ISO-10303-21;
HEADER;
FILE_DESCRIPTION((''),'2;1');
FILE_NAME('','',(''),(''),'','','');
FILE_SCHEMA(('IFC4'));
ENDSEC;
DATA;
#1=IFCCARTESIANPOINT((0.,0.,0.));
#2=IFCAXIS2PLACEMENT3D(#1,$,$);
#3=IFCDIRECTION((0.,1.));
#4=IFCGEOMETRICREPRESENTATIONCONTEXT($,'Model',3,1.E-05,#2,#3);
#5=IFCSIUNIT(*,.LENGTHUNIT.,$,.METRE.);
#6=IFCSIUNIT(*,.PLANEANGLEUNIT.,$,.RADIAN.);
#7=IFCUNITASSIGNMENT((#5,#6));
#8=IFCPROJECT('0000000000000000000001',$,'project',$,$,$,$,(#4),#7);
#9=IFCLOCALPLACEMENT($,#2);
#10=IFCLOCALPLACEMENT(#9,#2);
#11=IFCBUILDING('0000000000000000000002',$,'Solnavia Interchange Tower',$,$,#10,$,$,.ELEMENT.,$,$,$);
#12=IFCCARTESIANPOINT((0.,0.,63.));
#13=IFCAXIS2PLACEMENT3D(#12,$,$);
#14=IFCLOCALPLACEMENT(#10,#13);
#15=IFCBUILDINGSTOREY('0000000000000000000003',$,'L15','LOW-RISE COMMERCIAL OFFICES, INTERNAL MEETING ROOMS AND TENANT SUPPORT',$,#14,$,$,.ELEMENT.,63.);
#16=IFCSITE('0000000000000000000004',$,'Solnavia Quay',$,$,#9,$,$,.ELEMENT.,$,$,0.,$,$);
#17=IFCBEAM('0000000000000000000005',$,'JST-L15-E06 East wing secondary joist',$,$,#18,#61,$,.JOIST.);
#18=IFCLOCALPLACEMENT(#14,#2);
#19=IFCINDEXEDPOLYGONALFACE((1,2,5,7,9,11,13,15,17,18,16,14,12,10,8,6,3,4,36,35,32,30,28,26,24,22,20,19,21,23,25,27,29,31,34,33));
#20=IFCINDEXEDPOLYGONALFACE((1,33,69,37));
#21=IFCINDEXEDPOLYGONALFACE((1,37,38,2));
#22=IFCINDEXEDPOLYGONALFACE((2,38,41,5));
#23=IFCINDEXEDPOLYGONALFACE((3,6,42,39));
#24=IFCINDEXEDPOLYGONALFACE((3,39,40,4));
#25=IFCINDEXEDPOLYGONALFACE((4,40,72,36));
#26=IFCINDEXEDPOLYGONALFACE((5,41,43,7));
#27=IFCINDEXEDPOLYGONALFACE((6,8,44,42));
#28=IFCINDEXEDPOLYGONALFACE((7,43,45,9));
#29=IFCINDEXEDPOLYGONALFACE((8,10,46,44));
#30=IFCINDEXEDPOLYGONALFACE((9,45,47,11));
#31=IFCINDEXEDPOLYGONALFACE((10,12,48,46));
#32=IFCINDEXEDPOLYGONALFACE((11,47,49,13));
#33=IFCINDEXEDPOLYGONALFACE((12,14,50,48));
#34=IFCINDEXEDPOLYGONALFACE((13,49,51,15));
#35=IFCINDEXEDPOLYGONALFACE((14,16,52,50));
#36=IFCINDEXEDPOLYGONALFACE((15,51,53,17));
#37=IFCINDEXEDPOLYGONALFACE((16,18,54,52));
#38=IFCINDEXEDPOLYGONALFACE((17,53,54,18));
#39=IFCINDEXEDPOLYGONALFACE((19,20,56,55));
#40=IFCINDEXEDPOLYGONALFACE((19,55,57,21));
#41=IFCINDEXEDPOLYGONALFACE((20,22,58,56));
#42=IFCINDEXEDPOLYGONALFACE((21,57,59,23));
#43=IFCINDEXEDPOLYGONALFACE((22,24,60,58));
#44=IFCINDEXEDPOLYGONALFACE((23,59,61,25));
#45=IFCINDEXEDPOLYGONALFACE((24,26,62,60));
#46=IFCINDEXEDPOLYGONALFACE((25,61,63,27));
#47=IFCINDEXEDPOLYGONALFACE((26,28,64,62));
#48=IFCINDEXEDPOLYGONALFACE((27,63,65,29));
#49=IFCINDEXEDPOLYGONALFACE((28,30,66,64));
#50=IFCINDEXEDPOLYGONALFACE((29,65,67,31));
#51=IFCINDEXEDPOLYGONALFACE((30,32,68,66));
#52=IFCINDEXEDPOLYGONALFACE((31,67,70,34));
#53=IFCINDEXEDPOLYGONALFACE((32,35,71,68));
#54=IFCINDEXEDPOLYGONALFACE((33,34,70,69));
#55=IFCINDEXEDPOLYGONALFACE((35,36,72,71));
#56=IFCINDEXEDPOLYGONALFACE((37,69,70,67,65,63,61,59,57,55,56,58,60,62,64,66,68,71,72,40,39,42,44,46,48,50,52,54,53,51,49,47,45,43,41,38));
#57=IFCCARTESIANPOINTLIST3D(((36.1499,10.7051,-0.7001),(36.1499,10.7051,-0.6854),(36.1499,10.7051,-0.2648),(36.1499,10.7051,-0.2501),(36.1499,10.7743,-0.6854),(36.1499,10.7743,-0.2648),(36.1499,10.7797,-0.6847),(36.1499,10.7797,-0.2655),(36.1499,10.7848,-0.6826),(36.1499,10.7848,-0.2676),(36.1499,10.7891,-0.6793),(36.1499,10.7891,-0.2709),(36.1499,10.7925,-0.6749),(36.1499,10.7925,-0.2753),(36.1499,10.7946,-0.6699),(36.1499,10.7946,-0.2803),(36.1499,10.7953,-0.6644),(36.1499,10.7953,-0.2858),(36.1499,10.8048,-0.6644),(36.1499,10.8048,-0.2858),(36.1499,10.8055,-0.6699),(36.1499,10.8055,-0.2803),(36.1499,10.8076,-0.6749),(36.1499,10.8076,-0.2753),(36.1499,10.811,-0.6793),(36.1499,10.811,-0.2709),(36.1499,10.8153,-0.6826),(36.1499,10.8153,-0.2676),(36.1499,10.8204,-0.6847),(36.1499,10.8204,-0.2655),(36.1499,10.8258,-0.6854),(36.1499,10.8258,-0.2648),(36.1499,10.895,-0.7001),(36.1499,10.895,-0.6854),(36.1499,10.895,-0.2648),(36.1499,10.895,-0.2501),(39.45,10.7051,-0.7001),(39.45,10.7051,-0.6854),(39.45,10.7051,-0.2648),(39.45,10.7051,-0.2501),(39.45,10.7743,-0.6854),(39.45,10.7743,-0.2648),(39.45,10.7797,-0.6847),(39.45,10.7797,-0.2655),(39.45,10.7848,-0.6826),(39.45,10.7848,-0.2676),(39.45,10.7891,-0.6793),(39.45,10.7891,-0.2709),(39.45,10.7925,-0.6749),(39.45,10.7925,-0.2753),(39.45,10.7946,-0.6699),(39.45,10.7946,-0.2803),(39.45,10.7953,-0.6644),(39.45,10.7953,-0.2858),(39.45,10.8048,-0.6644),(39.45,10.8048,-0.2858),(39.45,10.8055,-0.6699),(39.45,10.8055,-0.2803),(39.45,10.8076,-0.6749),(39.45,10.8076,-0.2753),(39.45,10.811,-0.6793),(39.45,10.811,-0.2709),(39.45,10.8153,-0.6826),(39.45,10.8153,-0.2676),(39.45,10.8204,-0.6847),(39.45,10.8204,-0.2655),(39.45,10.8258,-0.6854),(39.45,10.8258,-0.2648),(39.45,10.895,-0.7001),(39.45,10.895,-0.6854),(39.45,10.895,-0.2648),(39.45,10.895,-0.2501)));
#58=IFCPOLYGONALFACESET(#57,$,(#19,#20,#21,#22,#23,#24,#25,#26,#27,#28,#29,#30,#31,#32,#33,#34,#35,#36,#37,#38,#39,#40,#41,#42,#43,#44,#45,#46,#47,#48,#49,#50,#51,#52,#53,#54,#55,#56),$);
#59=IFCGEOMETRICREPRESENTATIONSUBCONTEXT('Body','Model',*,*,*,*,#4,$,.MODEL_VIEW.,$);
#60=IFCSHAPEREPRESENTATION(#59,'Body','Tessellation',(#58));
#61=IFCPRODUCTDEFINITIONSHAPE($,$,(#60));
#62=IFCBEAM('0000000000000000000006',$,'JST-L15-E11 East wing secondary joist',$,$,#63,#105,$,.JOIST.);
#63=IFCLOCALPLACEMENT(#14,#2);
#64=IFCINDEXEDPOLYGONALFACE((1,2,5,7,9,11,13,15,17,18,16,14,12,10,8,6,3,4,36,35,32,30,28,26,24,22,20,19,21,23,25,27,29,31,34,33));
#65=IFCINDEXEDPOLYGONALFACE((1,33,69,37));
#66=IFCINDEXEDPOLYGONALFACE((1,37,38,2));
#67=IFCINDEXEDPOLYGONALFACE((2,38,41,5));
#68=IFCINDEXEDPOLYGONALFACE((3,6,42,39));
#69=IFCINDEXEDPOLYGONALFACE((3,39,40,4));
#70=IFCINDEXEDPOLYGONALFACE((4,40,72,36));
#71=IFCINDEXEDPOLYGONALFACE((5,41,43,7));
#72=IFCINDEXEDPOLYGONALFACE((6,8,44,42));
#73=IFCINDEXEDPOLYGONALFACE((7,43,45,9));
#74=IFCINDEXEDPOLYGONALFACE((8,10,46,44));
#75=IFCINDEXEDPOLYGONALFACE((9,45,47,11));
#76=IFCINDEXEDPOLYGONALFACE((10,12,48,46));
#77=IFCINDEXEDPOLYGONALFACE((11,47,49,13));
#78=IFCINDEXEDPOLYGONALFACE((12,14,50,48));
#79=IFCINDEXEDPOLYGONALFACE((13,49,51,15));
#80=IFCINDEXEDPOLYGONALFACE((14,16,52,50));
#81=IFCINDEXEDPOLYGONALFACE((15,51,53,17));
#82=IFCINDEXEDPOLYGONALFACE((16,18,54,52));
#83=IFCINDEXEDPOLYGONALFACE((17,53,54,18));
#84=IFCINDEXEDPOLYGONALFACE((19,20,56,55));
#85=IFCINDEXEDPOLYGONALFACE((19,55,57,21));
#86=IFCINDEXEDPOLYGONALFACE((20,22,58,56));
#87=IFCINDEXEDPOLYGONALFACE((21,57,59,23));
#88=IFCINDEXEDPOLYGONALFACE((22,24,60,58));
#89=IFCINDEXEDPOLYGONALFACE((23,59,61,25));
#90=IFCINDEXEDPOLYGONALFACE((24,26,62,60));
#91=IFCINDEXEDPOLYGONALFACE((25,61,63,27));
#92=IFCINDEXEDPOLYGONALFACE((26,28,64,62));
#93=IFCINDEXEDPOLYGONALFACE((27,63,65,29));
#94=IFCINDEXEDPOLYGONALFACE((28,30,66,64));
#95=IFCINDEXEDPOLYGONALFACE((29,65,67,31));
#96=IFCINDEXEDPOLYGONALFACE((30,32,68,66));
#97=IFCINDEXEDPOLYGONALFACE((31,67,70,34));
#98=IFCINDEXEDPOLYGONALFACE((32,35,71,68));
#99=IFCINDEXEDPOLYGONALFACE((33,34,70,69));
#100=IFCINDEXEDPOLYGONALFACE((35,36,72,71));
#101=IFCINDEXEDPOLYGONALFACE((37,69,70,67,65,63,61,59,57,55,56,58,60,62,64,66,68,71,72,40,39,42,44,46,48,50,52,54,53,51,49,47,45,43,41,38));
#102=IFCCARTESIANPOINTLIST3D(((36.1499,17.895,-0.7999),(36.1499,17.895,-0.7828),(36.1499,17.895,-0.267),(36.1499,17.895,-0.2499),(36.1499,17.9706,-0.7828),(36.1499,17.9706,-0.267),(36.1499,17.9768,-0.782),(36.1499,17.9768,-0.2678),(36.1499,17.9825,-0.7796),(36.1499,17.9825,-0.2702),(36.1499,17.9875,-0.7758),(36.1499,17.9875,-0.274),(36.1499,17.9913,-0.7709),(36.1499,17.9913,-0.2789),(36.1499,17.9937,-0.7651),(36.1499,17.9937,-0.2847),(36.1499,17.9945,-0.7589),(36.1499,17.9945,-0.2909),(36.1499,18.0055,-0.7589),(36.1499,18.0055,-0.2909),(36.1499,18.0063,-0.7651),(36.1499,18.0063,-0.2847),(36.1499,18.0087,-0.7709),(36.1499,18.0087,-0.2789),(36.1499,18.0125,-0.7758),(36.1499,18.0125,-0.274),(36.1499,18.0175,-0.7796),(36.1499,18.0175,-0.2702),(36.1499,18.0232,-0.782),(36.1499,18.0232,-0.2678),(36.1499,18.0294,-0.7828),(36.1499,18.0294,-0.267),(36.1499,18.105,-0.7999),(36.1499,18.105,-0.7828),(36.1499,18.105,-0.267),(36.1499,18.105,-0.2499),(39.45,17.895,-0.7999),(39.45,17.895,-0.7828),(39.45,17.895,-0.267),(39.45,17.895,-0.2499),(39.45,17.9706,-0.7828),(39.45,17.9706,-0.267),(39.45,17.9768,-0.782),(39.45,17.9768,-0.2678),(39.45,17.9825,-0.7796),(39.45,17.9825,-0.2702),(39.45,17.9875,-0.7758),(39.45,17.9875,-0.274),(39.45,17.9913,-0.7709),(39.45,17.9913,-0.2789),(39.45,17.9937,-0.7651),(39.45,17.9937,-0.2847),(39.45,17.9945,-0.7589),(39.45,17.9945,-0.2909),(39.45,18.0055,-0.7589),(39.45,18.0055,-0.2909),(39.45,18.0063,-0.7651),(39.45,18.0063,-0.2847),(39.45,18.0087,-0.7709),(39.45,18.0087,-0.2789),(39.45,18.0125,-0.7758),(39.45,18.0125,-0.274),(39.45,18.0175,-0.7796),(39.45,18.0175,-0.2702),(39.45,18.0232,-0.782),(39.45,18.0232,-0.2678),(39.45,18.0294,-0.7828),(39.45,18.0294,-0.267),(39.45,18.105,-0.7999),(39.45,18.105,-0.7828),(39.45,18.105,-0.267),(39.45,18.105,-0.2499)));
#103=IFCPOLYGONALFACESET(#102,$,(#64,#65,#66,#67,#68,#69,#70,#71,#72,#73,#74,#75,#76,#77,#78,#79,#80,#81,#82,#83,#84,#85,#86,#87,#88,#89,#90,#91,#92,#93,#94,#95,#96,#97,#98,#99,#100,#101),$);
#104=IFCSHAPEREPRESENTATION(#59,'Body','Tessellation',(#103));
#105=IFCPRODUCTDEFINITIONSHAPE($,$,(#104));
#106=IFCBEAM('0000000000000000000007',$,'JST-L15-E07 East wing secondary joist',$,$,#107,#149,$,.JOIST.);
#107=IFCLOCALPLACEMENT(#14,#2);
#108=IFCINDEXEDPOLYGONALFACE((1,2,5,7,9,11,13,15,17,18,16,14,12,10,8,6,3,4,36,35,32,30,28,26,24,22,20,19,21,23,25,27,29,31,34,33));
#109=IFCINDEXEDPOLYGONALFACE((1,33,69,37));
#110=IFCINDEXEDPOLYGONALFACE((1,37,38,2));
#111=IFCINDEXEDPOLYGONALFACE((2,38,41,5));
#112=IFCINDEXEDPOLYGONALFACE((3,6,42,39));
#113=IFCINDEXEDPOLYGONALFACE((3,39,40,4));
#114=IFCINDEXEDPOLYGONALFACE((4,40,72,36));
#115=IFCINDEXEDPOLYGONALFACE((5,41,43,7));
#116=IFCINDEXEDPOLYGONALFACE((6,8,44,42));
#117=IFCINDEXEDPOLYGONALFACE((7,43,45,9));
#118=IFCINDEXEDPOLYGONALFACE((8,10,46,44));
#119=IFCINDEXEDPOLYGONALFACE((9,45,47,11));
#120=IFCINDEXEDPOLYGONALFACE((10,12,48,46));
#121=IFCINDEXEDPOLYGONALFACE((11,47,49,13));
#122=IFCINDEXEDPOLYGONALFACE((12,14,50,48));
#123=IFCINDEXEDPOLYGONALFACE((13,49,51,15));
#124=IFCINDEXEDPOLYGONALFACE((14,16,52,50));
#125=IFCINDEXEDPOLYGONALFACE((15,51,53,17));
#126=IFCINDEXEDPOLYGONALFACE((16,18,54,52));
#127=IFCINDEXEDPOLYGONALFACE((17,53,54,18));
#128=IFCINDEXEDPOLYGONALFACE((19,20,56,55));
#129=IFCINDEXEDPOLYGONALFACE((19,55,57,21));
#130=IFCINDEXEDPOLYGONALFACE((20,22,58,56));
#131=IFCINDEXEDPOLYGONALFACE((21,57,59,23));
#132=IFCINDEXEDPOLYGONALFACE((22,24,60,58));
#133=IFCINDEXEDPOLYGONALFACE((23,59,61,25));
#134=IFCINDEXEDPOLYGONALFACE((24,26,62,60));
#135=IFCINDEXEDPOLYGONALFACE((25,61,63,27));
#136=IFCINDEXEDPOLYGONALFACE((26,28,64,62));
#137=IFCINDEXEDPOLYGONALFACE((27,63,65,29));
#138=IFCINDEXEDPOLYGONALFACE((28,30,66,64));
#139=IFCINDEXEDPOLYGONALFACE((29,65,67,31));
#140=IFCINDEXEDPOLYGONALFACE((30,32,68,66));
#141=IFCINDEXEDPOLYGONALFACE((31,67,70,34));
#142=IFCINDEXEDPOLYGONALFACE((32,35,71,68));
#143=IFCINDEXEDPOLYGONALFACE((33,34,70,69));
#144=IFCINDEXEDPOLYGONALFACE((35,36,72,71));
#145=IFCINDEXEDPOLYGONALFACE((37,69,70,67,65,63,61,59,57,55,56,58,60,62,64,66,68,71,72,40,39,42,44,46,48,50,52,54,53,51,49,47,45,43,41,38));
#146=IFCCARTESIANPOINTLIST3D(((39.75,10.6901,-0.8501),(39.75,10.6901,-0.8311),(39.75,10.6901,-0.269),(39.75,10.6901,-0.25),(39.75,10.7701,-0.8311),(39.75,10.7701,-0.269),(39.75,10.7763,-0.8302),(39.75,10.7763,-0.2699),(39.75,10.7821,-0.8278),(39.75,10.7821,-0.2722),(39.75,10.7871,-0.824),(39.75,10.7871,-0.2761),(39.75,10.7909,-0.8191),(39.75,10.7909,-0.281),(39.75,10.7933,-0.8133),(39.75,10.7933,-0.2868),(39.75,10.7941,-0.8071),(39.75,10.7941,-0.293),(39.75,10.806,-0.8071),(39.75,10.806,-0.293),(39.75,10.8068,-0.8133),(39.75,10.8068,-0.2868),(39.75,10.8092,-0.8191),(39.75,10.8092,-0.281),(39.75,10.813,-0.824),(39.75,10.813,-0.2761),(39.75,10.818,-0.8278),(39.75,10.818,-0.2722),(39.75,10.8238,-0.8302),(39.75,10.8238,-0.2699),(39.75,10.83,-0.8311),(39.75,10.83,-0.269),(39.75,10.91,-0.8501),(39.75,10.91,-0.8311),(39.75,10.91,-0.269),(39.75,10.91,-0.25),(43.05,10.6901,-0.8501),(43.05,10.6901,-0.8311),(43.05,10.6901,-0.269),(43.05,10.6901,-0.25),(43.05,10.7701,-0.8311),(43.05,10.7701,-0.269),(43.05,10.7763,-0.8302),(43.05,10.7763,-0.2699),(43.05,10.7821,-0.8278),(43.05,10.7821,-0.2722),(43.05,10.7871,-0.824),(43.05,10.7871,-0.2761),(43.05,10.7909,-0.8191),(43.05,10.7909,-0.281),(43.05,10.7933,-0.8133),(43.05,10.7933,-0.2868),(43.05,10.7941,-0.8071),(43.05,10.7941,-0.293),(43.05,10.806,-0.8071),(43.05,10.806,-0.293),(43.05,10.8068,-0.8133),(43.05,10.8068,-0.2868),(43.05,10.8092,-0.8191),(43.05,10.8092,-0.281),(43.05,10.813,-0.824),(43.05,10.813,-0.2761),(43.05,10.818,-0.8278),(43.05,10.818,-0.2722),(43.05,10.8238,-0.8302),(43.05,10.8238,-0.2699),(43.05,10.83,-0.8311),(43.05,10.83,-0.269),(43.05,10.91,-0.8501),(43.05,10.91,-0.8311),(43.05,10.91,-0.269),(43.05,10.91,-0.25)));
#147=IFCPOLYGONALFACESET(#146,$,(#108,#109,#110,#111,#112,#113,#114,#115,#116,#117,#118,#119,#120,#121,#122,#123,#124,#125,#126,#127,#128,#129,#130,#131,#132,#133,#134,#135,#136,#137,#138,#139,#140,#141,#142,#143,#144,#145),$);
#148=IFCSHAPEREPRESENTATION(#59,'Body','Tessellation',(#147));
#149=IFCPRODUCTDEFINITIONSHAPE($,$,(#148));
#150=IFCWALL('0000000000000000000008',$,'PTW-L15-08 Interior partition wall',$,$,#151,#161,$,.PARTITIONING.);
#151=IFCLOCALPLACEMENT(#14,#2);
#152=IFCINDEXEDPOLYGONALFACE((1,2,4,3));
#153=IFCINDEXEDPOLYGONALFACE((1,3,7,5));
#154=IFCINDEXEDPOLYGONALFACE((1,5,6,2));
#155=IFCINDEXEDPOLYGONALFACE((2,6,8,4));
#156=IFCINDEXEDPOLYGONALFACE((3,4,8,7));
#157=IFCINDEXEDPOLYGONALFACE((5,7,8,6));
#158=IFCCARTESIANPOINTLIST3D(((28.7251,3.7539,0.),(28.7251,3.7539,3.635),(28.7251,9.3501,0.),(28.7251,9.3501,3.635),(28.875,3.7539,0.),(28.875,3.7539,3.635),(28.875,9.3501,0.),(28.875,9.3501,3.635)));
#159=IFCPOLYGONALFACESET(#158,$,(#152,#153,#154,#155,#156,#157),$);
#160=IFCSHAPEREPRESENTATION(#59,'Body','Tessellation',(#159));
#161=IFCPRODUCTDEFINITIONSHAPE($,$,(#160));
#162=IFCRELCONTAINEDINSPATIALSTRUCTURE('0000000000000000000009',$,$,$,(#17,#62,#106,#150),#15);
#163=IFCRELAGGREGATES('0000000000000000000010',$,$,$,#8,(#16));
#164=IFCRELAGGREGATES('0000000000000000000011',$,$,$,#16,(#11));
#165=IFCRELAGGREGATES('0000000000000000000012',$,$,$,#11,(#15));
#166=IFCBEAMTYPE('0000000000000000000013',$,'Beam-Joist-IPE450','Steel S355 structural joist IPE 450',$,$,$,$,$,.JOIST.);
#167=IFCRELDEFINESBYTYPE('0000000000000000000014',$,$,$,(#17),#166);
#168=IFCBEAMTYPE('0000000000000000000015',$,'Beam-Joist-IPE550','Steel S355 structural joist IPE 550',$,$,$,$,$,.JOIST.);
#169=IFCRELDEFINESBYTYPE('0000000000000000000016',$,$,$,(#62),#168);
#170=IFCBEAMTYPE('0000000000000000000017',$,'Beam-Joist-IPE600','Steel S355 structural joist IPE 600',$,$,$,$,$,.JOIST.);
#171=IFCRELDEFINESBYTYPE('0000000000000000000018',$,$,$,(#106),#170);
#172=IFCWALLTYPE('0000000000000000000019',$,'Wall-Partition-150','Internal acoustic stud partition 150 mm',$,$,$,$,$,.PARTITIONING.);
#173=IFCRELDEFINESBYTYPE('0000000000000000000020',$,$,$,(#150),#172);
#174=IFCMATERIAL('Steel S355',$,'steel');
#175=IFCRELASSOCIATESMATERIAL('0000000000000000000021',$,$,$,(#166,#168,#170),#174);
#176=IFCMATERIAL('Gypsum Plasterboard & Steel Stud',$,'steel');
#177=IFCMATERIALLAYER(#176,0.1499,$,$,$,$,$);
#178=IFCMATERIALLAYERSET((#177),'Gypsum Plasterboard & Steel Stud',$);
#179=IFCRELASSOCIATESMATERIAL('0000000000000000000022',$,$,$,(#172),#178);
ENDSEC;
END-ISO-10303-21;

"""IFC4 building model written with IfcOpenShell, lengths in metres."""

from ifc_helpers import new_model, si_unit, direction, frame, frame_2d, origin, origin_2d, place, context, subcontext, project, spatial, rectangle, i_section, extrude, material, layer, layer_set, material_profile, profile_set, type_object, element, save


model = new_model("IFC4")

# Units and contexts
model_context = context("Model", 3, precision=1e-05, world=origin(), true_north=direction((0.0, 1.0)))
body_context = subcontext(model_context, "Body", "Model", "MODEL_VIEW")
ifc_project = project(units=[si_unit("LENGTHUNIT", "METRE"), si_unit("PLANEANGLEUNIT", "RADIAN")], contexts=[model_context])

# Site, building, storey
site_placement = place(None, origin())
site = spatial("IfcSite", under=ifc_project, at=site_placement, Name="Solnavia Quay", CompositionType="ELEMENT", RefElevation=0.0)
building_placement = place(site_placement, origin())
building = spatial("IfcBuilding", under=site, at=building_placement, Name="Solnavia Interchange Tower", CompositionType="ELEMENT")
storey_placement = place(building_placement, frame((0.0, 0.0, 63.0)))
storey = spatial("IfcBuildingStorey", under=building, at=storey_placement, Name="L15", Description="LOW-RISE COMMERCIAL OFFICES, INTERNAL MEETING ROOMS AND TENANT SUPPORT", CompositionType="ELEMENT", Elevation=63.0)

# Shared definitions
ifc_material_1 = material(Name="Steel S355", Category="steel")

# Beams
ifc_material_profile_1 = material_profile(ifc_material_1, i_section(OverallWidth=0.1899, OverallDepth=0.45, WebThickness=0.0095, FlangeThickness=0.0146, FilletRadius=0.021, at=origin_2d()), Name="IPE 450")
ifc_profile_set_1 = profile_set([ifc_material_profile_1], Name="Steel S355")
beam_type_1 = type_object("IfcBeamType", Name="Beam-Joist-IPE450", Description="Steel S355 structural joist IPE 450", PredefinedType="JOIST", material=ifc_profile_set_1)
beam_1_placement = place(storey_placement, frame((36.1499, 10.8, -0.4751), z_axis=(1.0, 0.0, 0.0), x_axis=(0.0, 1.0, 0.0)))
element("IfcBeam", 1, at=beam_1_placement, inside=storey, type_object=beam_type_1, Name="JST-L15-E06 East wing secondary joist", PredefinedType="JOIST", context=body_context, shape_type="SweptSolid", body=[
    extrude(i_section(OverallWidth=0.1899, OverallDepth=0.45, WebThickness=0.0095, FlangeThickness=0.0146, FilletRadius=0.021, at=origin_2d()), origin(), (0.0, 0.0, 1.0), 3.3),
])
ifc_material_profile_2 = material_profile(ifc_material_1, i_section(OverallWidth=0.21, OverallDepth=0.55, WebThickness=0.011, FlangeThickness=0.0171, FilletRadius=0.0239, at=origin_2d()), Name="IPE 550")
ifc_profile_set_2 = profile_set([ifc_material_profile_2], Name="Steel S355")
beam_type_2 = type_object("IfcBeamType", Name="Beam-Joist-IPE550", Description="Steel S355 structural joist IPE 550", PredefinedType="JOIST", material=ifc_profile_set_2)
beam_2_placement = place(storey_placement, frame((36.1499, 18.0, -0.5249), z_axis=(1.0, 0.0, 0.0), x_axis=(0.0, 1.0, 0.0)))
element("IfcBeam", 2, at=beam_2_placement, inside=storey, type_object=beam_type_2, Name="JST-L15-E11 East wing secondary joist", PredefinedType="JOIST", context=body_context, shape_type="SweptSolid", body=[
    extrude(i_section(OverallWidth=0.21, OverallDepth=0.55, WebThickness=0.011, FlangeThickness=0.0171, FilletRadius=0.0239, at=origin_2d()), origin(), (0.0, 0.0, 1.0), 3.3),
])
ifc_material_profile_3 = material_profile(ifc_material_1, i_section(OverallWidth=0.22, OverallDepth=0.6001, WebThickness=0.012, FlangeThickness=0.019, FilletRadius=0.0239, at=origin_2d()), Name="IPE 600")
ifc_profile_set_3 = profile_set([ifc_material_profile_3], Name="Steel S355")
beam_type_3 = type_object("IfcBeamType", Name="Beam-Joist-IPE600", Description="Steel S355 structural joist IPE 600", PredefinedType="JOIST", material=ifc_profile_set_3)
beam_3_placement = place(storey_placement, frame((39.75, 10.8, -0.55), z_axis=(1.0, 0.0, 0.0), x_axis=(0.0, 1.0, 0.0)))
element("IfcBeam", 3, at=beam_3_placement, inside=storey, type_object=beam_type_3, Name="JST-L15-E07 East wing secondary joist", PredefinedType="JOIST", context=body_context, shape_type="SweptSolid", body=[
    extrude(i_section(OverallWidth=0.22, OverallDepth=0.6001, WebThickness=0.012, FlangeThickness=0.019, FilletRadius=0.0239, at=origin_2d()), origin(), (0.0, 0.0, 1.0), 3.3),
])

# Wall
ifc_material_2 = material(Name="Gypsum Plasterboard & Steel Stud", Category="steel")
ifc_layer_1 = layer(ifc_material_2, 0.1499)
ifc_layer_set_1 = layer_set([ifc_layer_1], Name="Gypsum Plasterboard & Steel Stud")
wall_type_1 = type_object("IfcWallType", Name="Wall-Partition-150", Description="Internal acoustic stud partition 150 mm", PredefinedType="PARTITIONING", material=ifc_layer_set_1)
wall_1_placement = place(storey_placement, frame((28.8, 9.3501, 0.0), z_axis=(0.0, 0.0, 1.0), x_axis=(0.0, -1.0, 0.0)))
element("IfcWall", 4, at=wall_1_placement, inside=storey, type_object=wall_type_1, Name="PTW-L15-08 Interior partition wall", PredefinedType="PARTITIONING", context=body_context, shape_type="SweptSolid", body=[
    extrude(rectangle(XDim=5.5962, YDim=0.1499, at=frame_2d((2.7981, 0.0))), origin(), (0.0, 0.0, 1.0), 3.635),
])

save(model, "model.ifc")
